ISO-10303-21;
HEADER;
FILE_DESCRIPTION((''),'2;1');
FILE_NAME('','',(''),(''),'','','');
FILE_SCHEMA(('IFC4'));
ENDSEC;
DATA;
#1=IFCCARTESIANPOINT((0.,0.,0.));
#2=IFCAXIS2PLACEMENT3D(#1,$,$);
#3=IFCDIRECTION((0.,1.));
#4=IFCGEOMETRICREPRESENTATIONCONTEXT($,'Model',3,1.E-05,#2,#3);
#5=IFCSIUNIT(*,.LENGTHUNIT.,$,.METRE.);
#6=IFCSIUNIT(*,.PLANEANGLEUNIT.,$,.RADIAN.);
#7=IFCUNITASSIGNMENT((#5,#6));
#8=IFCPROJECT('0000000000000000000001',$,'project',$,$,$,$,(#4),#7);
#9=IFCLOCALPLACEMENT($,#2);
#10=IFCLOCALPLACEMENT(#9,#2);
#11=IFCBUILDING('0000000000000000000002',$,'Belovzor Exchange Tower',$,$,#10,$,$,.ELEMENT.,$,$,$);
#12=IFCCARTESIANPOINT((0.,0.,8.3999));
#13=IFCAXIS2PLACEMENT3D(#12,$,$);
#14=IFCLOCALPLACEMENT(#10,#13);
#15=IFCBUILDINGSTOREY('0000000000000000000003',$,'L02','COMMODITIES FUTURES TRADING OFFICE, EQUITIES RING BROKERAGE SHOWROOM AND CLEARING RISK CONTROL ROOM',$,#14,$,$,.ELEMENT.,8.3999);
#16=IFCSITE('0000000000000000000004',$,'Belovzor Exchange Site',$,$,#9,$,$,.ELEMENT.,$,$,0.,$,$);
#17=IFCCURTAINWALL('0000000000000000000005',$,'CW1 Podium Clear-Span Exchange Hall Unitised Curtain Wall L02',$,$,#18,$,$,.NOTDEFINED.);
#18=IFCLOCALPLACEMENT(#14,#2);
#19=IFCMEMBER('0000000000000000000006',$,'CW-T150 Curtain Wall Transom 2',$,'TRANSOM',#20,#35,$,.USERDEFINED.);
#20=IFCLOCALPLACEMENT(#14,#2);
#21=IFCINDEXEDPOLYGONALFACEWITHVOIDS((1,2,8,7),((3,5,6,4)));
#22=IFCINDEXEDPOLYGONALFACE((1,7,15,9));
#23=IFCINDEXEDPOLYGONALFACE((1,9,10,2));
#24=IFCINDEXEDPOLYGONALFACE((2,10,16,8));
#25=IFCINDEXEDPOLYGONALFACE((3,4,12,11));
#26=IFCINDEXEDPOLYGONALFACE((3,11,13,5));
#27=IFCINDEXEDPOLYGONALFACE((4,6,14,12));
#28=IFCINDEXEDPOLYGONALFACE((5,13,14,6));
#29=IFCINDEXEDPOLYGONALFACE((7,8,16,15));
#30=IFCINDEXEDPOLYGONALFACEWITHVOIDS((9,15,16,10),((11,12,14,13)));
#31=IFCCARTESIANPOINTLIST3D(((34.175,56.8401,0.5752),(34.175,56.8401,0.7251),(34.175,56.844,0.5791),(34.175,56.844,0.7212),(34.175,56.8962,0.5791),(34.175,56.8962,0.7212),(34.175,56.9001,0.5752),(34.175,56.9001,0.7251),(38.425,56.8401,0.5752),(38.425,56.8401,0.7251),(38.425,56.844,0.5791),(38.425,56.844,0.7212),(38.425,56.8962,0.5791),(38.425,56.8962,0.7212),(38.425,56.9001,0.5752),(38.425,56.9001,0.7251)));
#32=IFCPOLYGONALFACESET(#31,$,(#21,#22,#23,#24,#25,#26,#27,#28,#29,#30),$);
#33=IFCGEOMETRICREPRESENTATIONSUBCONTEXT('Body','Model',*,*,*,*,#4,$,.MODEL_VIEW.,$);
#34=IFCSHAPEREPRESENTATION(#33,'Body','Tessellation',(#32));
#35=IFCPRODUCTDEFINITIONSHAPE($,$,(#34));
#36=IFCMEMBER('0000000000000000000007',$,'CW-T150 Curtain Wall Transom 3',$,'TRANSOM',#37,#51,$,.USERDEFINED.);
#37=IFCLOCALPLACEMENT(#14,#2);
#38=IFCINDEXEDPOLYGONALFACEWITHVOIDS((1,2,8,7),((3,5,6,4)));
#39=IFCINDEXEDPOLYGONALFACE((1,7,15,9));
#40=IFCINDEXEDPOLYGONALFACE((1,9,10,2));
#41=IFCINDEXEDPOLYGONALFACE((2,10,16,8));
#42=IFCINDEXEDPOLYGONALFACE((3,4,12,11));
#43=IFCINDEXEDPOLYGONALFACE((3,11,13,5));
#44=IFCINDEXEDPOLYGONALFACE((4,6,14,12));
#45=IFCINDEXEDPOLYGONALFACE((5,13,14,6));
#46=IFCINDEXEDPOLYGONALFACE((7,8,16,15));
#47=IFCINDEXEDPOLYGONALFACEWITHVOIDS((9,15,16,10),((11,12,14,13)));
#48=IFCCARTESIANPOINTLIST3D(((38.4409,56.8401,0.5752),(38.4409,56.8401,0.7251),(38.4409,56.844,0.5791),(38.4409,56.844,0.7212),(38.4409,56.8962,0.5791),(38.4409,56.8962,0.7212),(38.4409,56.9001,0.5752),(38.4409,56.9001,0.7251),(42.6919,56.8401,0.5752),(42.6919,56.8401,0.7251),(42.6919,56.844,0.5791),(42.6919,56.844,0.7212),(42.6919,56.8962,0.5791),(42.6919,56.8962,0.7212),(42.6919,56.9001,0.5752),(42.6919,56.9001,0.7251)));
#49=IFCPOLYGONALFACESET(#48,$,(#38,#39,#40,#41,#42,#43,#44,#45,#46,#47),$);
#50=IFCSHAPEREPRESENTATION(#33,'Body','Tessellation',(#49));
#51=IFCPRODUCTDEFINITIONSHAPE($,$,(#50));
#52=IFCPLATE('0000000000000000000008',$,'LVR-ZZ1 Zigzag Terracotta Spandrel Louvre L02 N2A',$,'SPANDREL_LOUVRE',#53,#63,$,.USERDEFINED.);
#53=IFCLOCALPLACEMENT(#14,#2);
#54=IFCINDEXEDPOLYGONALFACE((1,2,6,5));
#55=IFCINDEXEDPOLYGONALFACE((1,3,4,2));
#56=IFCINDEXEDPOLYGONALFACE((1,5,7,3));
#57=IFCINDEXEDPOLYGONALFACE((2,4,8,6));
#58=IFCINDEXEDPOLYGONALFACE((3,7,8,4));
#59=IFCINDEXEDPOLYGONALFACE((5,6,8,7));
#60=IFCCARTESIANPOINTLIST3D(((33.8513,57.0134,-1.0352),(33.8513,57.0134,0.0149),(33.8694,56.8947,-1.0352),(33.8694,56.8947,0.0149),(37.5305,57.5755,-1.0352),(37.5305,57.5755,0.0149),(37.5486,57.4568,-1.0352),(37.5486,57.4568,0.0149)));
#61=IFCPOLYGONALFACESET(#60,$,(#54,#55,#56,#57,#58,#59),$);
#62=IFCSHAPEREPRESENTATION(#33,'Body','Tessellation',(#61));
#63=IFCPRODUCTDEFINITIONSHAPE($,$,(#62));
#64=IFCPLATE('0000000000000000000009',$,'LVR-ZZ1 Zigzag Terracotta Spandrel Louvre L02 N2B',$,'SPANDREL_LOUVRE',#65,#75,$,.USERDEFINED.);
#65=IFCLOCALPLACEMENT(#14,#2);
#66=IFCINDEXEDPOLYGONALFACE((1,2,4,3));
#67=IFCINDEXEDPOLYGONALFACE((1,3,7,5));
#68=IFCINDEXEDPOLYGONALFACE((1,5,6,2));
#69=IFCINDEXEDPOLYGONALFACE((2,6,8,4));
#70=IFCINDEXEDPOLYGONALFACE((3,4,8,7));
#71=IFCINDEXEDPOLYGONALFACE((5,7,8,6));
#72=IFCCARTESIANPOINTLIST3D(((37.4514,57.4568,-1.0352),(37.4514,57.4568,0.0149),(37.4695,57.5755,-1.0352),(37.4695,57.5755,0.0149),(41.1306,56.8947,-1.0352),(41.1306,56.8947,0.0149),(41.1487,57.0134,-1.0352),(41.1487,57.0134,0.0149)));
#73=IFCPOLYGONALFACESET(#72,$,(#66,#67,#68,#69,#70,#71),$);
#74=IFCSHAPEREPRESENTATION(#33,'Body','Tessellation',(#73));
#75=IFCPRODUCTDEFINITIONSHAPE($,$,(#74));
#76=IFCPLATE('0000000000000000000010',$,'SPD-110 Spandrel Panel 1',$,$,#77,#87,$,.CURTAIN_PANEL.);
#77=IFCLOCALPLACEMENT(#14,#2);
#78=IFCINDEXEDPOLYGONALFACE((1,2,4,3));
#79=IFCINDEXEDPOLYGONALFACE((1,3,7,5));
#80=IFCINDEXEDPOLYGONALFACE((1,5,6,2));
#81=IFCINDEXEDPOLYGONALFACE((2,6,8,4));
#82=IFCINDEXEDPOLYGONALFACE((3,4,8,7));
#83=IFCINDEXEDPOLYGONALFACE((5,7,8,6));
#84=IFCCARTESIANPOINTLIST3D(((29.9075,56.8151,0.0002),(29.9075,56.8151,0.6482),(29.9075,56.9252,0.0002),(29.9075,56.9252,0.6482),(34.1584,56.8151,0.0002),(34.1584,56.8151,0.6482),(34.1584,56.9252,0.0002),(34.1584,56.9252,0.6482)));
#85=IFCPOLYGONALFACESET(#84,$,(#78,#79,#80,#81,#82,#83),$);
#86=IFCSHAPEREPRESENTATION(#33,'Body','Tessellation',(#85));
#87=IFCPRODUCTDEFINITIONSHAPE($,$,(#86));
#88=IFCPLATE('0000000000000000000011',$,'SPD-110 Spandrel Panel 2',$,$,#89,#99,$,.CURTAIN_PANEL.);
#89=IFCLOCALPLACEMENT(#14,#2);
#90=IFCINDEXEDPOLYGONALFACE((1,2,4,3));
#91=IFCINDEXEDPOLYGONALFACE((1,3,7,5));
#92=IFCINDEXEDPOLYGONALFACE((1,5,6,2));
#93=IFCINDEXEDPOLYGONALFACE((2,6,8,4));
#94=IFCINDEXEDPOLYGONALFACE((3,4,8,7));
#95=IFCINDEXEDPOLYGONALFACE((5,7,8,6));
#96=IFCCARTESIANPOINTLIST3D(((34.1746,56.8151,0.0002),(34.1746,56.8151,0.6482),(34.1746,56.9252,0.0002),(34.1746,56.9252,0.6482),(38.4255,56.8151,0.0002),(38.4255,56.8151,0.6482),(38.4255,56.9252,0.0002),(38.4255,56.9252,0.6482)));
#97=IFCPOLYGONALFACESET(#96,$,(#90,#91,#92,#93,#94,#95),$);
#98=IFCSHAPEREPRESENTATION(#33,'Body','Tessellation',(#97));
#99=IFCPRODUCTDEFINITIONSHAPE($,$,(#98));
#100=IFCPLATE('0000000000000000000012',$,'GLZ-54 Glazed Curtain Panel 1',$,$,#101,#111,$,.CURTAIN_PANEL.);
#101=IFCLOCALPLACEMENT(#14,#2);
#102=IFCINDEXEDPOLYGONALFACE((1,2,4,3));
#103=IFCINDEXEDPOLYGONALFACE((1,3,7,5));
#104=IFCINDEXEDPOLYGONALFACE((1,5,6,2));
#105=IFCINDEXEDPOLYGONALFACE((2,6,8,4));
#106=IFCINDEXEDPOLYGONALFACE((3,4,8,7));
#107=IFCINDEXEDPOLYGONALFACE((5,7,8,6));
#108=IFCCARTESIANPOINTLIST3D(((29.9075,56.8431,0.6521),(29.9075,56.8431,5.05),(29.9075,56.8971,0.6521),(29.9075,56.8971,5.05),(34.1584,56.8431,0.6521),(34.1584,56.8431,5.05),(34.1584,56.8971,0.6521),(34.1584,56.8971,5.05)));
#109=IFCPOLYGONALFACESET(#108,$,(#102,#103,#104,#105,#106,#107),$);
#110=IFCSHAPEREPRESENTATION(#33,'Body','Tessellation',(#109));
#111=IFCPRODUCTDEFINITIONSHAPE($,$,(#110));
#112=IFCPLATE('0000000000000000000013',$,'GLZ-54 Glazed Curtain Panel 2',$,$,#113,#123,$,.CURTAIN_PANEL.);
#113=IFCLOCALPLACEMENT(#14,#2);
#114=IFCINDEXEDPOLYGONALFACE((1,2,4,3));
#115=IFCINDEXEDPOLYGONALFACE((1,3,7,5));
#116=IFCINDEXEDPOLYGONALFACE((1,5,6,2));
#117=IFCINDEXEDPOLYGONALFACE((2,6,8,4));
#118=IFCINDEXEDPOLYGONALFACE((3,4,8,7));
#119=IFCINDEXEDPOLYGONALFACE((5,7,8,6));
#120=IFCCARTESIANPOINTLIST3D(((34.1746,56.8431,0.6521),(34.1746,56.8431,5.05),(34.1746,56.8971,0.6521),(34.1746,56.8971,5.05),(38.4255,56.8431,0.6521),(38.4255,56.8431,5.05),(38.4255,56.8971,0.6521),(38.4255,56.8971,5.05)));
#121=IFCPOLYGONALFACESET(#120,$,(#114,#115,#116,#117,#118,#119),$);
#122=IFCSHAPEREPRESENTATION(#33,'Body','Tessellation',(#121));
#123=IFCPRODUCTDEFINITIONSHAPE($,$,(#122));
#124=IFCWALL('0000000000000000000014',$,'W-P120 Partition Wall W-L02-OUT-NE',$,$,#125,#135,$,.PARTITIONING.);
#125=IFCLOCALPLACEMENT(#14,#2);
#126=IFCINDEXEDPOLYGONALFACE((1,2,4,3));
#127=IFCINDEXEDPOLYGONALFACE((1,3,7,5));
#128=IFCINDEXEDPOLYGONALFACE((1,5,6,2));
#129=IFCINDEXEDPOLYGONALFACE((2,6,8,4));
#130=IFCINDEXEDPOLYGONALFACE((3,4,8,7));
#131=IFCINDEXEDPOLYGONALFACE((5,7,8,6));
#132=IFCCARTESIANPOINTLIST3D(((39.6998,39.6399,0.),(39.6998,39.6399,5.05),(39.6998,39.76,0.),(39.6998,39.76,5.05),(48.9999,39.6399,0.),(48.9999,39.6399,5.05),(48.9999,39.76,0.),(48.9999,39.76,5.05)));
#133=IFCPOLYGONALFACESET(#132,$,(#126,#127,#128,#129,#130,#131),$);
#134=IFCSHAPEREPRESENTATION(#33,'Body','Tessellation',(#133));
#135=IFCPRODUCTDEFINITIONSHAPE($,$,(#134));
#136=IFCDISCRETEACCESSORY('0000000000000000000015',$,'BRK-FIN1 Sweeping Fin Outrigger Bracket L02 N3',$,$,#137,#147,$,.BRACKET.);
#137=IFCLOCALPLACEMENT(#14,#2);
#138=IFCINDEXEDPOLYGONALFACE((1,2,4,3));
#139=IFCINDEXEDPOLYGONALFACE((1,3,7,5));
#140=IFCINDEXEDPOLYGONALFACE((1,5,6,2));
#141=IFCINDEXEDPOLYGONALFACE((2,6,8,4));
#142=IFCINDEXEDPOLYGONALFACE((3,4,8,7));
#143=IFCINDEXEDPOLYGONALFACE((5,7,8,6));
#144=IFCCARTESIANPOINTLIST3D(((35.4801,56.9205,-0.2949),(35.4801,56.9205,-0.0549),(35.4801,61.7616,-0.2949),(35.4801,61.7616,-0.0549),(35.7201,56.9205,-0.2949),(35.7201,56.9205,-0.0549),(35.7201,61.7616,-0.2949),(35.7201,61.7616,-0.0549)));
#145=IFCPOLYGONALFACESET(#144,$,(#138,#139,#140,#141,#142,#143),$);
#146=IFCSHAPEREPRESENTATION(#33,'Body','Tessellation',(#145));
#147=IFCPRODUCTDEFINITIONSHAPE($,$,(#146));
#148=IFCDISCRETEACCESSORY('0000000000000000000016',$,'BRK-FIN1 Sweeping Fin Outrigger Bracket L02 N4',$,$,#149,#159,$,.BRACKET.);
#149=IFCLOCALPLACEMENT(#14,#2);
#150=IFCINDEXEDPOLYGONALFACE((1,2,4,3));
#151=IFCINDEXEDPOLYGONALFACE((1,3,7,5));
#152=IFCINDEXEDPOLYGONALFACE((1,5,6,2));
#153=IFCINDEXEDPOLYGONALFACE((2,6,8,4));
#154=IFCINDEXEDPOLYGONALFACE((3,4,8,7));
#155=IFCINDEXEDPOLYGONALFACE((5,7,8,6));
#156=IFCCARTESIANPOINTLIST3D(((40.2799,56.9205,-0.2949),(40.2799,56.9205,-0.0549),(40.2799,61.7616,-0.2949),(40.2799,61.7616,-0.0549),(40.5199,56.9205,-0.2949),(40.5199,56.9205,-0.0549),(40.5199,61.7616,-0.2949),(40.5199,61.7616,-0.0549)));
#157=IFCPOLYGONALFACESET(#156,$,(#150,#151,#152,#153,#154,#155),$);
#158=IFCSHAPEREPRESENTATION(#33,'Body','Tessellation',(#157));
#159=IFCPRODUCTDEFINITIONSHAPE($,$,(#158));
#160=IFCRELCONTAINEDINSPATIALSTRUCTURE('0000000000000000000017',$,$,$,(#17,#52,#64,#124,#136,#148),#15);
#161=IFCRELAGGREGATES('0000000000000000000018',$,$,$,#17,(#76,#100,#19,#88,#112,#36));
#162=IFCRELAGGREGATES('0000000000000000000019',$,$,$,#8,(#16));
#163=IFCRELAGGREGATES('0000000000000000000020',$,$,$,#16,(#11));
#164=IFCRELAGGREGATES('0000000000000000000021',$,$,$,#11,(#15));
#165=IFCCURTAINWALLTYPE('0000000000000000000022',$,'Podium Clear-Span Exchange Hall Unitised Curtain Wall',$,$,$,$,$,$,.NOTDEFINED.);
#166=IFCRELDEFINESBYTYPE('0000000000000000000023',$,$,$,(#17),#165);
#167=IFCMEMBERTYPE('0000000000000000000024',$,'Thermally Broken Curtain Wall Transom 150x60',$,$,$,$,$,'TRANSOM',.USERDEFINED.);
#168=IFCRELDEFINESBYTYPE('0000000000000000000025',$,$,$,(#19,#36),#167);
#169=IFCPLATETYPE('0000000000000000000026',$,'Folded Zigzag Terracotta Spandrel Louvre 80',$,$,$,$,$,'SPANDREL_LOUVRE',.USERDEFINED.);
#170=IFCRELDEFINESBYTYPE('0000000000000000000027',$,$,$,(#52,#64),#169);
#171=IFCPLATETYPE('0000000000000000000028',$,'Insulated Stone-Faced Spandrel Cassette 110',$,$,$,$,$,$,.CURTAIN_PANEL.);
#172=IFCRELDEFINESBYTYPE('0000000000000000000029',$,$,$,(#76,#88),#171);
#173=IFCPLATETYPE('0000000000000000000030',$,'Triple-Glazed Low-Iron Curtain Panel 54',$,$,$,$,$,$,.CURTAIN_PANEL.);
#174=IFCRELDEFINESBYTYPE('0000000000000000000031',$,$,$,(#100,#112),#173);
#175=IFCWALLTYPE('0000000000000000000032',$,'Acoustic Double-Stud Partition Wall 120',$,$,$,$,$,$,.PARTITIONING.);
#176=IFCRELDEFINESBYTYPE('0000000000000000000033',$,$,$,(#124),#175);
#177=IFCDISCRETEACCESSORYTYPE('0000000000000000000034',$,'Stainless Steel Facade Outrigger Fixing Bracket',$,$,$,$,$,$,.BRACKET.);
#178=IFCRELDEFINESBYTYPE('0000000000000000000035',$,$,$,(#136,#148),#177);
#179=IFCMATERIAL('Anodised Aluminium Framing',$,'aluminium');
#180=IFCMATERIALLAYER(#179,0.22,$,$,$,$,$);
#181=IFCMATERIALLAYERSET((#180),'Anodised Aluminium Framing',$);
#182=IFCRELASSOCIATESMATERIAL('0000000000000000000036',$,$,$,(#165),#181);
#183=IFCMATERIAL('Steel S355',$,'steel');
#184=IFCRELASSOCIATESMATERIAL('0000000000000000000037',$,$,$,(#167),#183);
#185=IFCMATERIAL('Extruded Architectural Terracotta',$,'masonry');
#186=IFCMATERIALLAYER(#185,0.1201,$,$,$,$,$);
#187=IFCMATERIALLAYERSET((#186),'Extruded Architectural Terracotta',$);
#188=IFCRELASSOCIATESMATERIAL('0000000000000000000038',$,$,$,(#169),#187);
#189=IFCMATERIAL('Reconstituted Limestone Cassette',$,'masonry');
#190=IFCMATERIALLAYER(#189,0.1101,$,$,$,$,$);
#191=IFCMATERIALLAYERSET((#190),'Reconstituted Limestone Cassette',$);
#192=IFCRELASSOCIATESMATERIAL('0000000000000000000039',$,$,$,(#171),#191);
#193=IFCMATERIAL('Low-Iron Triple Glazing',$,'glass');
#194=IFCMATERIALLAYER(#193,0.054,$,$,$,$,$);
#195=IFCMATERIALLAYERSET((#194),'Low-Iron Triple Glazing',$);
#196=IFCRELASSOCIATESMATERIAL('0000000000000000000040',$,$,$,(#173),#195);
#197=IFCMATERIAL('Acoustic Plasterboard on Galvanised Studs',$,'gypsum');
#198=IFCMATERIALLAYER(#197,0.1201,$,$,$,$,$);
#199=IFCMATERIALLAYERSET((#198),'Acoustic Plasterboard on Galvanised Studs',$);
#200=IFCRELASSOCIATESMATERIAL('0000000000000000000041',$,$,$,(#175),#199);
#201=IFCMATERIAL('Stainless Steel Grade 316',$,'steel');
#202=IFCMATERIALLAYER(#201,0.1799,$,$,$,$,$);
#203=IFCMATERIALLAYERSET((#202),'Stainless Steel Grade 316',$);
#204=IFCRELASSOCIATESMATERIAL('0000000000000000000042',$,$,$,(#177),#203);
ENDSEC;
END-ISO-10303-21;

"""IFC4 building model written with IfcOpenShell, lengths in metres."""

from ifc_helpers import new_model, si_unit, direction, frame, frame_2d, origin, origin_2d, place, context, subcontext, project, spatial, rectangle, hollow_rectangle, extrude, material, layer, layer_set, material_profile, profile_set, type_object, element, aggregate, save


model = new_model("IFC4")

# Units and contexts
model_context = context("Model", 3, precision=1e-05, world=origin(), true_north=direction((0.0, 1.0)))
body_context = subcontext(model_context, "Body", "Model", "MODEL_VIEW")
ifc_project = project(units=[si_unit("LENGTHUNIT", "METRE"), si_unit("PLANEANGLEUNIT", "RADIAN")], contexts=[model_context])

# Site, building, storey
site_placement = place(None, origin())
site = spatial("IfcSite", under=ifc_project, at=site_placement, Name="Belovzor Exchange Site", CompositionType="ELEMENT", RefElevation=0.0)
building_placement = place(site_placement, origin())
building = spatial("IfcBuilding", under=site, at=building_placement, Name="Belovzor Exchange Tower", CompositionType="ELEMENT")
storey_placement = place(building_placement, frame((0.0, 0.0, 8.3999)))
storey = spatial("IfcBuildingStorey", under=building, at=storey_placement, Name="L02", Description="COMMODITIES FUTURES TRADING OFFICE, EQUITIES RING BROKERAGE SHOWROOM AND CLEARING RISK CONTROL ROOM", CompositionType="ELEMENT", Elevation=8.3999)

# Curtain wall, members
ifc_material_1 = material(Name="Anodised Aluminium Framing", Category="aluminium")
ifc_layer_1 = layer(ifc_material_1, 0.22)
ifc_layer_set_1 = layer_set([ifc_layer_1], Name="Anodised Aluminium Framing")
curtain_wall_type = type_object("IfcCurtainWallType", Name="Podium Clear-Span Exchange Hall Unitised Curtain Wall", PredefinedType="NOTDEFINED", material=ifc_layer_set_1)
curtain_wall_placement = place(storey_placement, origin())
curtain_wall = element("IfcCurtainWall", 1, at=curtain_wall_placement, inside=storey, type_object=curtain_wall_type, Name="CW1 Podium Clear-Span Exchange Hall Unitised Curtain Wall L02", PredefinedType="NOTDEFINED")
ifc_material_2 = material(Name="Steel S355", Category="steel")
ifc_material_profile_1 = material_profile(ifc_material_2, hollow_rectangle(XDim=0.0601, YDim=0.1499, WallThickness=0.0039, at=origin_2d()))
ifc_profile_set_1 = profile_set([ifc_material_profile_1], Name="Steel S355")
member_type_1 = type_object("IfcMemberType", Name="Thermally Broken Curtain Wall Transom 150x60", ElementType="TRANSOM", PredefinedType="USERDEFINED", material=ifc_profile_set_1)
member_1_placement = place(storey_placement, frame((34.175, 56.8701, 0.6501), z_axis=(1.0, 0.0, 0.0), x_axis=(0.0, 1.0, 0.0)))
member_1 = element("IfcMember", 2, at=member_1_placement, type_object=member_type_1, Name="CW-T150 Curtain Wall Transom 2", ObjectType="TRANSOM", PredefinedType="USERDEFINED", context=body_context, shape_type="SweptSolid", body=[
    extrude(hollow_rectangle(XDim=0.0601, YDim=0.1499, WallThickness=0.0039, at=origin_2d()), origin(), (0.0, 0.0, 1.0), 4.25),
])
member_2_placement = place(storey_placement, frame((38.4409, 56.8701, 0.6501), z_axis=(1.0, 0.0, 0.0), x_axis=(0.0, 1.0, 0.0)))
member_2 = element("IfcMember", 3, at=member_2_placement, type_object=member_type_1, Name="CW-T150 Curtain Wall Transom 3", ObjectType="TRANSOM", PredefinedType="USERDEFINED", context=body_context, shape_type="SweptSolid", body=[
    extrude(hollow_rectangle(XDim=0.0601, YDim=0.1499, WallThickness=0.0039, at=origin_2d()), origin(), (0.0, 0.0, 1.0), 4.251),
])

# Plates
ifc_material_3 = material(Name="Extruded Architectural Terracotta", Category="masonry")
ifc_layer_2 = layer(ifc_material_3, 0.1201)
ifc_layer_set_2 = layer_set([ifc_layer_2], Name="Extruded Architectural Terracotta")
plate_type_1 = type_object("IfcPlateType", Name="Folded Zigzag Terracotta Spandrel Louvre 80", ElementType="SPANDREL_LOUVRE", PredefinedType="USERDEFINED", material=ifc_layer_set_2)
for number, where, z_axis, x_axis, name in (
    (4, (35.7, 57.2351, -1.0352), (0.0, 0.0, 1.0), (0.988531, 0.151019, 0.0), "LVR-ZZ1 Zigzag Terracotta Spandrel Louvre L02 N2A"),
    (5, (39.3, 57.2351, -1.0352), (0.0, 0.0, 1.0), (0.988531, -0.151019, 0.0), "LVR-ZZ1 Zigzag Terracotta Spandrel Louvre L02 N2B"),
):
    element("IfcPlate", number, at=place(storey_placement, frame(where, z_axis=z_axis, x_axis=x_axis)), inside=storey, type_object=plate_type_1, Name=name, ObjectType="SPANDREL_LOUVRE", PredefinedType="USERDEFINED", context=body_context, shape_type="SweptSolid", body=[
        extrude(rectangle(XDim=3.7219, YDim=0.1201, at=origin_2d()), origin(), (0.0, 0.0, 1.0), 1.05),
    ])

# Plates
ifc_material_4 = material(Name="Reconstituted Limestone Cassette", Category="masonry")
ifc_layer_3 = layer(ifc_material_4, 0.1101)
ifc_layer_set_3 = layer_set([ifc_layer_3], Name="Reconstituted Limestone Cassette")
plate_type_2 = type_object("IfcPlateType", Name="Insulated Stone-Faced Spandrel Cassette 110", PredefinedType="CURTAIN_PANEL", material=ifc_layer_set_3)
plate_1_placement = place(storey_placement, frame((32.033, 56.8701, 0.0002), z_axis=(0.0, 0.0, 1.0), x_axis=(1.0, 0.0, 0.0)))
plate_1 = element("IfcPlate", 6, at=plate_1_placement, type_object=plate_type_2, Name="SPD-110 Spandrel Panel 1", PredefinedType="CURTAIN_PANEL", context=body_context, shape_type="SweptSolid", body=[
    extrude(rectangle(XDim=4.251, YDim=0.1101, at=origin_2d()), origin(), (0.0, 0.0, 1.0), 0.6479),
])
plate_2_placement = place(storey_placement, frame((36.3, 56.8701, 0.0002), z_axis=(0.0, 0.0, 1.0), x_axis=(1.0, 0.0, 0.0)))
plate_2 = element("IfcPlate", 7, at=plate_2_placement, type_object=plate_type_2, Name="SPD-110 Spandrel Panel 2", PredefinedType="CURTAIN_PANEL", context=body_context, shape_type="SweptSolid", body=[
    extrude(rectangle(XDim=4.251, YDim=0.1101, at=origin_2d()), origin(), (0.0, 0.0, 1.0), 0.6479),
])
ifc_material_5 = material(Name="Low-Iron Triple Glazing", Category="glass")
ifc_layer_4 = layer(ifc_material_5, 0.054)
ifc_layer_set_4 = layer_set([ifc_layer_4], Name="Low-Iron Triple Glazing")
plate_type_3 = type_object("IfcPlateType", Name="Triple-Glazed Low-Iron Curtain Panel 54", PredefinedType="CURTAIN_PANEL", material=ifc_layer_set_4)
plate_3_placement = place(storey_placement, frame((32.033, 56.8701, 0.6521), z_axis=(0.0, 0.0, 1.0), x_axis=(1.0, 0.0, 0.0)))
plate_3 = element("IfcPlate", 8, at=plate_3_placement, type_object=plate_type_3, Name="GLZ-54 Glazed Curtain Panel 1", PredefinedType="CURTAIN_PANEL", context=body_context, shape_type="SweptSolid", body=[
    extrude(rectangle(XDim=4.251, YDim=0.054, at=origin_2d()), origin(), (0.0, 0.0, 1.0), 4.3979),
])
plate_4_placement = place(storey_placement, frame((36.3, 56.8701, 0.6521), z_axis=(0.0, 0.0, 1.0), x_axis=(1.0, 0.0, 0.0)))
plate_4 = element("IfcPlate", 9, at=plate_4_placement, type_object=plate_type_3, Name="GLZ-54 Glazed Curtain Panel 2", PredefinedType="CURTAIN_PANEL", context=body_context, shape_type="SweptSolid", body=[
    extrude(rectangle(XDim=4.251, YDim=0.054, at=origin_2d()), origin(), (0.0, 0.0, 1.0), 4.3979),
])
aggregate(curtain_wall, [plate_1, plate_3, member_1, plate_2, plate_4, member_2])

# Wall
ifc_material_6 = material(Name="Acoustic Plasterboard on Galvanised Studs", Category="gypsum")
ifc_layer_5 = layer(ifc_material_6, 0.1201)
ifc_layer_set_5 = layer_set([ifc_layer_5], Name="Acoustic Plasterboard on Galvanised Studs")
wall_type = type_object("IfcWallType", Name="Acoustic Double-Stud Partition Wall 120", PredefinedType="PARTITIONING", material=ifc_layer_set_5)
wall_placement = place(storey_placement, frame((39.7, 39.7, 0.0), z_axis=(0.0, 0.0, 1.0), x_axis=(1.0, 0.0, 0.0)))
element("IfcWall", 10, at=wall_placement, inside=storey, type_object=wall_type, Name="W-P120 Partition Wall W-L02-OUT-NE", PredefinedType="PARTITIONING", context=body_context, shape_type="SweptSolid", body=[
    extrude(rectangle(XDim=9.3, YDim=0.1201, at=frame_2d((4.6499, 0.0))), origin(), (0.0, 0.0, 1.0), 5.05),
])

# Discrete accessories
ifc_material_7 = material(Name="Stainless Steel Grade 316", Category="steel")
ifc_layer_6 = layer(ifc_material_7, 0.1799)
ifc_layer_set_6 = layer_set([ifc_layer_6], Name="Stainless Steel Grade 316")
discrete_accessory_type = type_object("IfcDiscreteAccessoryType", Name="Stainless Steel Facade Outrigger Fixing Bracket", PredefinedType="BRACKET", material=ifc_layer_set_6)
for number, where, z_axis, x_axis, name in (
    (11, (35.6001, 59.3411, -0.2949), (0.0, 0.0, 1.0), (0.0, 1.0, 0.0), "BRK-FIN1 Sweeping Fin Outrigger Bracket L02 N3"),
    (12, (40.3999, 59.3411, -0.2949), (0.0, 0.0, 1.0), (0.0, 1.0, 0.0), "BRK-FIN1 Sweeping Fin Outrigger Bracket L02 N4"),
):
    element("IfcDiscreteAccessory", number, at=place(storey_placement, frame(where, z_axis=z_axis, x_axis=x_axis)), inside=storey, type_object=discrete_accessory_type, Name=name, PredefinedType="BRACKET", context=body_context, shape_type="SweptSolid", body=[
        extrude(rectangle(XDim=4.8411, YDim=0.24, at=origin_2d()), origin(), (0.0, 0.0, 1.0), 0.24),
    ])

save(model, "model.ifc")
